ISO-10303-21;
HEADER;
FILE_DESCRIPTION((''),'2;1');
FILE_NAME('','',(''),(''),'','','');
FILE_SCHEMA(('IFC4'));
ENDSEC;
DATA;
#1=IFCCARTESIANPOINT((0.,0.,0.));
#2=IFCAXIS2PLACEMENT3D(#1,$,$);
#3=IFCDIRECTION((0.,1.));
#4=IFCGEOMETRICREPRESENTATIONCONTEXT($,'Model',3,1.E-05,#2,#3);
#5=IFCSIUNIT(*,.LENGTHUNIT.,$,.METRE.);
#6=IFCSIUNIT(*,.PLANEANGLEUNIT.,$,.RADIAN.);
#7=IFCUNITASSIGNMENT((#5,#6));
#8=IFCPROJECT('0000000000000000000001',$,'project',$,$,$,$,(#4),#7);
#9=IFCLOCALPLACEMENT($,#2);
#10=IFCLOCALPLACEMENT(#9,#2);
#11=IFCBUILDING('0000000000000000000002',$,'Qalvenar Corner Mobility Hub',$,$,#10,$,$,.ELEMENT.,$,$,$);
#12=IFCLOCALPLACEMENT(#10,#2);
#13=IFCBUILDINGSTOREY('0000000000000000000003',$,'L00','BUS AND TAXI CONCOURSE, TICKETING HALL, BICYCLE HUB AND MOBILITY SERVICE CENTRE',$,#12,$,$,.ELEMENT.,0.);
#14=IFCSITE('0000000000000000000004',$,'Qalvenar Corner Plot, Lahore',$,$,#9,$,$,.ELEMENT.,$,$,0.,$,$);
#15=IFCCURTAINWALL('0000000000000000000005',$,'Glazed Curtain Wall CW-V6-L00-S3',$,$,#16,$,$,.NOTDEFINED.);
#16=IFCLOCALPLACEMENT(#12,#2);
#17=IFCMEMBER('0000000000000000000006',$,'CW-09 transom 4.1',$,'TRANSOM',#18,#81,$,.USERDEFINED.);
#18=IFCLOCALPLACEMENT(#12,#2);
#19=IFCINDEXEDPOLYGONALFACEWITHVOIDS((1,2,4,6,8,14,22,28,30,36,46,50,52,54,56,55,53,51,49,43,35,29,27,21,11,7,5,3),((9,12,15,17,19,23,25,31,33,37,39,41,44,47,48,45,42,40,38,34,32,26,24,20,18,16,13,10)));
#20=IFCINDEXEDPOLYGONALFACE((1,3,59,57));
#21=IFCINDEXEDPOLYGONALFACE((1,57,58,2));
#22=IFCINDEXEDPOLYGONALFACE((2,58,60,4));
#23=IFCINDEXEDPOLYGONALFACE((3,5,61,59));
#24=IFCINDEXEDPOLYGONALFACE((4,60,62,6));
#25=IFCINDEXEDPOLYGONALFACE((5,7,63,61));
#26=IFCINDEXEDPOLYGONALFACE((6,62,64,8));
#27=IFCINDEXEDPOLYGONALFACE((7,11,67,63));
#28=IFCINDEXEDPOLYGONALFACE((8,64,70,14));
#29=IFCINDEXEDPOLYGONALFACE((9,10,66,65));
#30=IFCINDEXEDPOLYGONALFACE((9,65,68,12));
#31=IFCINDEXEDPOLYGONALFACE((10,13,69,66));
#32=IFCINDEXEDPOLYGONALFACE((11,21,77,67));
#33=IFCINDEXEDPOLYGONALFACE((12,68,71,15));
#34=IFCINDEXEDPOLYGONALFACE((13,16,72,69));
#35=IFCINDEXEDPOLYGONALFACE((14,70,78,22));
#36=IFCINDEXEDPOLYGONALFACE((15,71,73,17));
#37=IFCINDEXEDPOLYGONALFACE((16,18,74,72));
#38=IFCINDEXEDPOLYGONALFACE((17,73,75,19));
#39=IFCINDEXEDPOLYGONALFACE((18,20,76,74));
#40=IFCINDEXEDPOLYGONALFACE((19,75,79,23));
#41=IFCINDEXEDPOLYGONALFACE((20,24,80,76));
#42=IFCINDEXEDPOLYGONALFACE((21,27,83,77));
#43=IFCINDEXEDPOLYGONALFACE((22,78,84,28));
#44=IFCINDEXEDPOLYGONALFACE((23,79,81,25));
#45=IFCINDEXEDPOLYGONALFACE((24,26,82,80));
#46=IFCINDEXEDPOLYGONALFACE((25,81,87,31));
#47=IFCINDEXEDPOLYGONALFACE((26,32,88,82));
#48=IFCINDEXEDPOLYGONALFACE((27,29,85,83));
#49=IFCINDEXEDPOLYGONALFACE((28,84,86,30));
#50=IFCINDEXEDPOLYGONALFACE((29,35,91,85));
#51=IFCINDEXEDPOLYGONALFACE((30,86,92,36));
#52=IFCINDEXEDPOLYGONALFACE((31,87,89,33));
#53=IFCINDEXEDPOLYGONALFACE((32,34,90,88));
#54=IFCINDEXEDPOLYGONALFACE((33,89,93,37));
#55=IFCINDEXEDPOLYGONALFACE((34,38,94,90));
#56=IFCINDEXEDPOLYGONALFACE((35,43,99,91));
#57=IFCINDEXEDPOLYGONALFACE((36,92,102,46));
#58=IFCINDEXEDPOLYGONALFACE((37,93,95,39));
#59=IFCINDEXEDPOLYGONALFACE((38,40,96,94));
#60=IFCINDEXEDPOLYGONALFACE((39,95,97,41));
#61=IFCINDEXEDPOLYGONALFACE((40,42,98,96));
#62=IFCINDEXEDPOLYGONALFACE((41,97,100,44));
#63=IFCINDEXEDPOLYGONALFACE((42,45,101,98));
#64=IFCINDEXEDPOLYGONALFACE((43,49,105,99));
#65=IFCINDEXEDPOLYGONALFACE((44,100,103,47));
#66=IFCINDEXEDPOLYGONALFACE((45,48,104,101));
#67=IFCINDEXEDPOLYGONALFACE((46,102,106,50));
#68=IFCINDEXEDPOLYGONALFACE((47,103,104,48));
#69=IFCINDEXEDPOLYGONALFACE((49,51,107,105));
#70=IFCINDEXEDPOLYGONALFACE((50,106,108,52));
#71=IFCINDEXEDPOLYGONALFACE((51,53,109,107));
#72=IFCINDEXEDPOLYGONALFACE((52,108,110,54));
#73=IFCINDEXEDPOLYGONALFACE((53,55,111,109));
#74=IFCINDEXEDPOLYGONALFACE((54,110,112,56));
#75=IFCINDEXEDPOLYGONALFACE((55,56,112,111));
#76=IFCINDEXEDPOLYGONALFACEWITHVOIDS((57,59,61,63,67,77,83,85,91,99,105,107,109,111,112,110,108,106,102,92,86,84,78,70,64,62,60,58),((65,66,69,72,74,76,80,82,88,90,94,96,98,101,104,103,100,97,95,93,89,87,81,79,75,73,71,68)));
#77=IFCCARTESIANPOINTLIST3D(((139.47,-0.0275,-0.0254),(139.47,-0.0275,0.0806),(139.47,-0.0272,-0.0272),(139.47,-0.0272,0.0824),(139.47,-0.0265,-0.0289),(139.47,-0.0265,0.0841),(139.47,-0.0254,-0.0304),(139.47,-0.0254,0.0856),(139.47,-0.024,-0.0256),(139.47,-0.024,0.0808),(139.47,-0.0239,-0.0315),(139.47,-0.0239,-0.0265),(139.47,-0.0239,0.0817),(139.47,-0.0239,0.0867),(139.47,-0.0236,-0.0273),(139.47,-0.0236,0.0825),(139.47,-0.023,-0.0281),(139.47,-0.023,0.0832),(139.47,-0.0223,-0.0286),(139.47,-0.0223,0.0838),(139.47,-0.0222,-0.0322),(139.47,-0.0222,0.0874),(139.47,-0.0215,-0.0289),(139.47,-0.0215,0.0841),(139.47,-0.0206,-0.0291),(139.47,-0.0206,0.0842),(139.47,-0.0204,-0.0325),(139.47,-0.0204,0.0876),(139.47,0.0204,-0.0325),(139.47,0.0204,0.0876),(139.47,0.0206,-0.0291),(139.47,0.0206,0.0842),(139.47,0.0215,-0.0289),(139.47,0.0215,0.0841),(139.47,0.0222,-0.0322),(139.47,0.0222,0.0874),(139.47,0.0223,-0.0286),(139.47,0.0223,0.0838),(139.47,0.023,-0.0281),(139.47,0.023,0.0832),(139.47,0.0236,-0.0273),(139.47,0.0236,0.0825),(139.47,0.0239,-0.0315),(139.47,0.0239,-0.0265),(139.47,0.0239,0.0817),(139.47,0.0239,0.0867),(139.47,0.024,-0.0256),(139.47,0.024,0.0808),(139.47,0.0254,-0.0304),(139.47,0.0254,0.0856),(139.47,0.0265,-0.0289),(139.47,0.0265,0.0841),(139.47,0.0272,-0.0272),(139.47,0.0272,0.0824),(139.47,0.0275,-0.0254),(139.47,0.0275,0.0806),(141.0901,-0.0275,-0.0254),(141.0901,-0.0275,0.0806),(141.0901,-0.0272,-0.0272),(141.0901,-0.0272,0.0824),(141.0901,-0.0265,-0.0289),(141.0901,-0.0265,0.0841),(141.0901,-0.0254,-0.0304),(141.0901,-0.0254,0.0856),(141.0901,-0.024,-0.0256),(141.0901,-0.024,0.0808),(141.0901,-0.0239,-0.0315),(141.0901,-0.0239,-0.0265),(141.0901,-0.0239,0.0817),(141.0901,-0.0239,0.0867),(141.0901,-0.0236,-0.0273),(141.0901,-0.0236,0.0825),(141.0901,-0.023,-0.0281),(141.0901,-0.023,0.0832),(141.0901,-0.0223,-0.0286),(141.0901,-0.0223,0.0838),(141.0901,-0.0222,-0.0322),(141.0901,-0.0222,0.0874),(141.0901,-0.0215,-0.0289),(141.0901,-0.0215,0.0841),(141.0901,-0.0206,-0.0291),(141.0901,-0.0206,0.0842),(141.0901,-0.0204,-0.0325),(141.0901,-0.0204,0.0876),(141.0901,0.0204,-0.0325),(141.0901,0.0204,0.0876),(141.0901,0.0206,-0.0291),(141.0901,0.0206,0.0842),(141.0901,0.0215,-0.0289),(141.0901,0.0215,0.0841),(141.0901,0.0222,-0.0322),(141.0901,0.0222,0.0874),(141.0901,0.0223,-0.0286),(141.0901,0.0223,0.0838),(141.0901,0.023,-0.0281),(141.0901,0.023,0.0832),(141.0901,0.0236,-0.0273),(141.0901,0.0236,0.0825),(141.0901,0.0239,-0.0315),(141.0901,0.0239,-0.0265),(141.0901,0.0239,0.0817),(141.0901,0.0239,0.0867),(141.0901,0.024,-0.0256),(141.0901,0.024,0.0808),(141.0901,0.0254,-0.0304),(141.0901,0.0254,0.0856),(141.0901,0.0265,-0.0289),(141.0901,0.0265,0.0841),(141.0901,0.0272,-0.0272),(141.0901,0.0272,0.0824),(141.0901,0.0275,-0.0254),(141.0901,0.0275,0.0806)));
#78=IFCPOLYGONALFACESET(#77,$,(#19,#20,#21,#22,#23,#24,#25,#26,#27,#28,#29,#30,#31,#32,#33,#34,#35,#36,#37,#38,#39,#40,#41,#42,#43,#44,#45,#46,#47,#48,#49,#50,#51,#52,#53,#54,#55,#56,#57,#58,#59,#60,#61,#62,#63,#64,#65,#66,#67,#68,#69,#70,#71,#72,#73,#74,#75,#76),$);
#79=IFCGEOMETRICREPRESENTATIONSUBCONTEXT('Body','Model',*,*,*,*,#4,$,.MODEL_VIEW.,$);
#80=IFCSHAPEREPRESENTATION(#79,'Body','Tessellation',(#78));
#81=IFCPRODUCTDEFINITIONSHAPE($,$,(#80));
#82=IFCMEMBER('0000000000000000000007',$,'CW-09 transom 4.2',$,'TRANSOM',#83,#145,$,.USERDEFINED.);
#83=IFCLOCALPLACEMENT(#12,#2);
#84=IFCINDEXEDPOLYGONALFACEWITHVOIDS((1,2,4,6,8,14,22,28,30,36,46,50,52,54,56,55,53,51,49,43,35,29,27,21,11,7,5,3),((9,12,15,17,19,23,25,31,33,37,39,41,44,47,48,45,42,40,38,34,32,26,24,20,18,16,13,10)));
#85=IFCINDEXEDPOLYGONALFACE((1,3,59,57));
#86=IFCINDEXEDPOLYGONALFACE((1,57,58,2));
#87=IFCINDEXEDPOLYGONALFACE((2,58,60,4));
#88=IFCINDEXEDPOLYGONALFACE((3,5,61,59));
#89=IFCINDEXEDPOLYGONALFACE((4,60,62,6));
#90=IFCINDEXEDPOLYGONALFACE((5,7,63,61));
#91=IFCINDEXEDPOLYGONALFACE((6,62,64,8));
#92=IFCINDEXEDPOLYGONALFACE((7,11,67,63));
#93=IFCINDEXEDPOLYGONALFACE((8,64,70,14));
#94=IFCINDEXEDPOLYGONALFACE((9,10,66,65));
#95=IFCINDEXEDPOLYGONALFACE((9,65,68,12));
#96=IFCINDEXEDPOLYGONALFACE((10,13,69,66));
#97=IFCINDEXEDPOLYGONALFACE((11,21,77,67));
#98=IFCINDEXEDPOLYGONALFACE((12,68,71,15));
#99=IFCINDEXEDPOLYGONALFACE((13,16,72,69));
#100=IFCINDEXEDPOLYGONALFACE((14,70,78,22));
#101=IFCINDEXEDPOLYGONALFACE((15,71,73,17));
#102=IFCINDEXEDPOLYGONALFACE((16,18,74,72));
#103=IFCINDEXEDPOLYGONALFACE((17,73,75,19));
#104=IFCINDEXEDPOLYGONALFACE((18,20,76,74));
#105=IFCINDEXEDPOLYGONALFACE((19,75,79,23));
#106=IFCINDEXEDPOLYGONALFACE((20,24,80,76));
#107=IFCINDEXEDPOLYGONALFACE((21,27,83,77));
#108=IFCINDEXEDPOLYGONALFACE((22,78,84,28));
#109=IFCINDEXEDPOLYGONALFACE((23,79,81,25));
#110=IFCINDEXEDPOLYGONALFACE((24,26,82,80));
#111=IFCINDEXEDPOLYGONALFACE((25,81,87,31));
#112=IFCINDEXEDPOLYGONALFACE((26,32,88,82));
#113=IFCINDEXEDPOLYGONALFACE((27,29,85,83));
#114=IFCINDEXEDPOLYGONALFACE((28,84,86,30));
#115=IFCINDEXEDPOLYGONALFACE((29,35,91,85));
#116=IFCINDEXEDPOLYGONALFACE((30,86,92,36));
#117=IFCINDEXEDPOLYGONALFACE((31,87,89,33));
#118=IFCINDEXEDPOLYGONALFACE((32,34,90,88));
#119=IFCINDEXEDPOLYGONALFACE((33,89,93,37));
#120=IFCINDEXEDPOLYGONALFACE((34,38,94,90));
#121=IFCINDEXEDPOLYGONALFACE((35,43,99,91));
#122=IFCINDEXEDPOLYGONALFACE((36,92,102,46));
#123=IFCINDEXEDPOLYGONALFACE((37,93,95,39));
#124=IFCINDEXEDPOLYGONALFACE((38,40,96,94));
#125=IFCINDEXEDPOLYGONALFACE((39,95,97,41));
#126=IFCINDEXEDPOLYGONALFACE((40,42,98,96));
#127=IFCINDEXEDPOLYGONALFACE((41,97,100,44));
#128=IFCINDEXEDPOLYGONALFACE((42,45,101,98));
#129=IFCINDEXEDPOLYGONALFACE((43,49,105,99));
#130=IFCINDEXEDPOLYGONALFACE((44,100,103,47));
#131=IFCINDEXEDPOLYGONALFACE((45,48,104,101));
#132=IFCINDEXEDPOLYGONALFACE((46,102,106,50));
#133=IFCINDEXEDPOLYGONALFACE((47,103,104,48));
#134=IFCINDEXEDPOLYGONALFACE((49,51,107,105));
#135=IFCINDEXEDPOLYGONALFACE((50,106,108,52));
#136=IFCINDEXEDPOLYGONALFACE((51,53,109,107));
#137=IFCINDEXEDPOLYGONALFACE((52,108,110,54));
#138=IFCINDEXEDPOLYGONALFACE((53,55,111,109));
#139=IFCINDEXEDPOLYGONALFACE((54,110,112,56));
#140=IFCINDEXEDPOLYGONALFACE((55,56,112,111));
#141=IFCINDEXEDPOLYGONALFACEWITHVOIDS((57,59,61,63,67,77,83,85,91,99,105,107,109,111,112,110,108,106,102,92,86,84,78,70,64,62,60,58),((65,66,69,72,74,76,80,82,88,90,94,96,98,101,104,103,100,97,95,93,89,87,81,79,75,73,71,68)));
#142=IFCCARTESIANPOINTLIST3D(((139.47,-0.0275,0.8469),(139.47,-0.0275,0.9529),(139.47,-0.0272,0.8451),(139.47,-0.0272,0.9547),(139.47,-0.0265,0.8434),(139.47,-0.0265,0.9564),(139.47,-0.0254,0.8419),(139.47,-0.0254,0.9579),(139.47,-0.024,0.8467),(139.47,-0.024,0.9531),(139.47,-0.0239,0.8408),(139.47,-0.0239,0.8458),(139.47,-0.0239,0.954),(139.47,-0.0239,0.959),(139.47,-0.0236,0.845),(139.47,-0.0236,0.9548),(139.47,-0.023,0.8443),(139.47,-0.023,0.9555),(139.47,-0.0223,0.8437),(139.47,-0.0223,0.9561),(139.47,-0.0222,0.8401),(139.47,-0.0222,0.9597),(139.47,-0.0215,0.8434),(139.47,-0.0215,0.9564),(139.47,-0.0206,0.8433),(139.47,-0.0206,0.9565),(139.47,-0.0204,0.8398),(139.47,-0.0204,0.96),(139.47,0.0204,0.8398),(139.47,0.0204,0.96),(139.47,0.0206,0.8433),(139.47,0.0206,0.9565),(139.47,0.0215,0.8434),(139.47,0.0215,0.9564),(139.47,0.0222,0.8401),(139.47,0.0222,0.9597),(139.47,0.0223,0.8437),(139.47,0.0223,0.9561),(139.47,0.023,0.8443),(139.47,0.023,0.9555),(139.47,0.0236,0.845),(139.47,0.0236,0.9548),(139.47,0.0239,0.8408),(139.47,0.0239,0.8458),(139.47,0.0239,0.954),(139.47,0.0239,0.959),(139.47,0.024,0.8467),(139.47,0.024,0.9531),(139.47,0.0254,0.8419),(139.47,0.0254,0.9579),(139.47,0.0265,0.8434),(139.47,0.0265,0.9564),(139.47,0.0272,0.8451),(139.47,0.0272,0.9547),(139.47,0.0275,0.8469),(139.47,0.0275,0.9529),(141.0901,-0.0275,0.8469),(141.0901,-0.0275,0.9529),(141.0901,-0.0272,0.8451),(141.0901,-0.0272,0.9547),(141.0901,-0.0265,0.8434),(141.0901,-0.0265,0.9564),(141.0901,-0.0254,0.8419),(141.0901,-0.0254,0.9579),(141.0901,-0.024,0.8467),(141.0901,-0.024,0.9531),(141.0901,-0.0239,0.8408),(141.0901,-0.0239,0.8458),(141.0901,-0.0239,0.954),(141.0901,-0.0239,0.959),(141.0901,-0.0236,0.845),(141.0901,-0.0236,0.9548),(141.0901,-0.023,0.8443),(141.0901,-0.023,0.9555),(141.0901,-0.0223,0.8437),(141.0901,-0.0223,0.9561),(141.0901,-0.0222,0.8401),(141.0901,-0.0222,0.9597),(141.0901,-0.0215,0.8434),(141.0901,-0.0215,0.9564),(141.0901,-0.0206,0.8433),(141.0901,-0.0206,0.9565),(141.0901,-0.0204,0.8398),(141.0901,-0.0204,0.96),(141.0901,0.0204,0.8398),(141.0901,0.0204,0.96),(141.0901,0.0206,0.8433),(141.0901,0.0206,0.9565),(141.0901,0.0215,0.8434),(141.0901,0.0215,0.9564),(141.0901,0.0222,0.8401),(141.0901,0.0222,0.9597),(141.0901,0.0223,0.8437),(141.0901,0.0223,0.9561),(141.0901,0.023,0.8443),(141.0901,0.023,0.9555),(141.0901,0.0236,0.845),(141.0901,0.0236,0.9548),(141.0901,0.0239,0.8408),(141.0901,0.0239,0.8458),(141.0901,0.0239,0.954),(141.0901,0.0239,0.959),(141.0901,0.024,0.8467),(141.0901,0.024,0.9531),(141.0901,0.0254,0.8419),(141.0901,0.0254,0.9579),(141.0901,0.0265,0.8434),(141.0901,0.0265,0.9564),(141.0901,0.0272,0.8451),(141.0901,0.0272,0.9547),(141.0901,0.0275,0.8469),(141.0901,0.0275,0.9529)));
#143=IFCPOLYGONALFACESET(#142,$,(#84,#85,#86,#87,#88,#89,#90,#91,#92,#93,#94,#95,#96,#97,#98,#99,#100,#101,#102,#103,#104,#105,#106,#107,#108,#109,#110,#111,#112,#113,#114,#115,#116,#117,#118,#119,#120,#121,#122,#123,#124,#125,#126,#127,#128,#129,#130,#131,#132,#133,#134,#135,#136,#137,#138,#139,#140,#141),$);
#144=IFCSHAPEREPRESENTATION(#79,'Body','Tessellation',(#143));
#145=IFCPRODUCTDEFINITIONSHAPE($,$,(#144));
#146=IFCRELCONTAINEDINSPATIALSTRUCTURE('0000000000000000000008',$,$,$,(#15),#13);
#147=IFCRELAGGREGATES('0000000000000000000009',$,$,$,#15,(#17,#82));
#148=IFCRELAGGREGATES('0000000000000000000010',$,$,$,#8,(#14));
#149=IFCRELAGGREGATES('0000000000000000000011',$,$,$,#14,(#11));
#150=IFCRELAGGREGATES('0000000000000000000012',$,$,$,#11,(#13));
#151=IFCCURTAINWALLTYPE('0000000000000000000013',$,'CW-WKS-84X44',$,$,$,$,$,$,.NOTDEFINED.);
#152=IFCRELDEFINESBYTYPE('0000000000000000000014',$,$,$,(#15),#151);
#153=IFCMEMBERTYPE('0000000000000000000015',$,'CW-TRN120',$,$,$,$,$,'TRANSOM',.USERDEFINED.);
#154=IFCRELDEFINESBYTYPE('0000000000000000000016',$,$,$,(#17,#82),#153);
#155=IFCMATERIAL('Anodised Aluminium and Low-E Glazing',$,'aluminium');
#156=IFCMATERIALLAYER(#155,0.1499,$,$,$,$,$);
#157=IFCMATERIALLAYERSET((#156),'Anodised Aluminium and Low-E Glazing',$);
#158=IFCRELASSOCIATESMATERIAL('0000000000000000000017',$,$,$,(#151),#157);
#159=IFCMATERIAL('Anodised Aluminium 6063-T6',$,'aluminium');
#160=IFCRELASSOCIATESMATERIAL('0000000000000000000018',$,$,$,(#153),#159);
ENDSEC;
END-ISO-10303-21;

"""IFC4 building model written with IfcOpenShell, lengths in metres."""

from ifc_helpers import new_model, si_unit, direction, frame, origin, origin_2d, place, context, subcontext, project, spatial, hollow_rectangle, extrude, material, layer, layer_set, material_profile, profile_set, type_object, element, aggregate, save


model = new_model("IFC4")

# Units and contexts
model_context = context("Model", 3, precision=1e-05, world=origin(), true_north=direction((0.0, 1.0)))
body_context = subcontext(model_context, "Body", "Model", "MODEL_VIEW")
ifc_project = project(units=[si_unit("LENGTHUNIT", "METRE"), si_unit("PLANEANGLEUNIT", "RADIAN")], contexts=[model_context])

# Site, building, storey
site_placement = place(None, origin())
site = spatial("IfcSite", under=ifc_project, at=site_placement, Name="Qalvenar Corner Plot, Lahore", CompositionType="ELEMENT", RefElevation=0.0)
building_placement = place(site_placement, origin())
building = spatial("IfcBuilding", under=site, at=building_placement, Name="Qalvenar Corner Mobility Hub", CompositionType="ELEMENT")
storey_placement = place(building_placement, origin())
storey = spatial("IfcBuildingStorey", under=building, at=storey_placement, Name="L00", Description="BUS AND TAXI CONCOURSE, TICKETING HALL, BICYCLE HUB AND MOBILITY SERVICE CENTRE", CompositionType="ELEMENT", Elevation=0.0)

# Curtain wall, members
ifc_material_1 = material(Name="Anodised Aluminium and Low-E Glazing", Category="aluminium")
ifc_layer_1 = layer(ifc_material_1, 0.1499)
ifc_layer_set_1 = layer_set([ifc_layer_1], Name="Anodised Aluminium and Low-E Glazing")
curtain_wall_type = type_object("IfcCurtainWallType", Name="CW-WKS-84X44", PredefinedType="NOTDEFINED", material=ifc_layer_set_1)
curtain_wall_placement = place(storey_placement, origin())
curtain_wall = element("IfcCurtainWall", 1, at=curtain_wall_placement, inside=storey, type_object=curtain_wall_type, Name="Glazed Curtain Wall CW-V6-L00-S3", PredefinedType="NOTDEFINED")
ifc_material_2 = material(Name="Anodised Aluminium 6063-T6", Category="aluminium")
ifc_material_profile_1 = material_profile(ifc_material_2, hollow_rectangle(XDim=0.0549, YDim=0.1201, WallThickness=0.0034, InnerFilletRadius=0.0034, OuterFilletRadius=0.0071, at=origin_2d()), Name="RHS120x55x3.5")
ifc_profile_set_1 = profile_set([ifc_material_profile_1], Name="Anodised Aluminium 6063-T6")
member_type_1 = type_object("IfcMemberType", Name="CW-TRN120", ElementType="TRANSOM", PredefinedType="USERDEFINED", material=ifc_profile_set_1)
member_1_placement = place(storey_placement, frame((139.47, 0.0, 0.0276), z_axis=(1.0, 0.0, 0.0), x_axis=(0.0, 1.0, 0.0)))
member_1 = element("IfcMember", 2, at=member_1_placement, type_object=member_type_1, Name="CW-09 transom 4.1", ObjectType="TRANSOM", PredefinedType="USERDEFINED", context=body_context, shape_type="SweptSolid", body=[
    extrude(hollow_rectangle(XDim=0.0549, YDim=0.1201, WallThickness=0.0034, InnerFilletRadius=0.0034, OuterFilletRadius=0.0071, at=origin_2d()), origin(), (0.0, 0.0, 1.0), 1.6201),
])
member_2_placement = place(storey_placement, frame((139.47, 0.0, 0.8999), z_axis=(1.0, 0.0, 0.0), x_axis=(0.0, 1.0, 0.0)))
member_2 = element("IfcMember", 3, at=member_2_placement, type_object=member_type_1, Name="CW-09 transom 4.2", ObjectType="TRANSOM", PredefinedType="USERDEFINED", context=body_context, shape_type="SweptSolid", body=[
    extrude(hollow_rectangle(XDim=0.0549, YDim=0.1201, WallThickness=0.0034, InnerFilletRadius=0.0034, OuterFilletRadius=0.0071, at=origin_2d()), origin(), (0.0, 0.0, 1.0), 1.6201),
])
aggregate(curtain_wall, [member_1, member_2])

save(model, "model.ifc")
